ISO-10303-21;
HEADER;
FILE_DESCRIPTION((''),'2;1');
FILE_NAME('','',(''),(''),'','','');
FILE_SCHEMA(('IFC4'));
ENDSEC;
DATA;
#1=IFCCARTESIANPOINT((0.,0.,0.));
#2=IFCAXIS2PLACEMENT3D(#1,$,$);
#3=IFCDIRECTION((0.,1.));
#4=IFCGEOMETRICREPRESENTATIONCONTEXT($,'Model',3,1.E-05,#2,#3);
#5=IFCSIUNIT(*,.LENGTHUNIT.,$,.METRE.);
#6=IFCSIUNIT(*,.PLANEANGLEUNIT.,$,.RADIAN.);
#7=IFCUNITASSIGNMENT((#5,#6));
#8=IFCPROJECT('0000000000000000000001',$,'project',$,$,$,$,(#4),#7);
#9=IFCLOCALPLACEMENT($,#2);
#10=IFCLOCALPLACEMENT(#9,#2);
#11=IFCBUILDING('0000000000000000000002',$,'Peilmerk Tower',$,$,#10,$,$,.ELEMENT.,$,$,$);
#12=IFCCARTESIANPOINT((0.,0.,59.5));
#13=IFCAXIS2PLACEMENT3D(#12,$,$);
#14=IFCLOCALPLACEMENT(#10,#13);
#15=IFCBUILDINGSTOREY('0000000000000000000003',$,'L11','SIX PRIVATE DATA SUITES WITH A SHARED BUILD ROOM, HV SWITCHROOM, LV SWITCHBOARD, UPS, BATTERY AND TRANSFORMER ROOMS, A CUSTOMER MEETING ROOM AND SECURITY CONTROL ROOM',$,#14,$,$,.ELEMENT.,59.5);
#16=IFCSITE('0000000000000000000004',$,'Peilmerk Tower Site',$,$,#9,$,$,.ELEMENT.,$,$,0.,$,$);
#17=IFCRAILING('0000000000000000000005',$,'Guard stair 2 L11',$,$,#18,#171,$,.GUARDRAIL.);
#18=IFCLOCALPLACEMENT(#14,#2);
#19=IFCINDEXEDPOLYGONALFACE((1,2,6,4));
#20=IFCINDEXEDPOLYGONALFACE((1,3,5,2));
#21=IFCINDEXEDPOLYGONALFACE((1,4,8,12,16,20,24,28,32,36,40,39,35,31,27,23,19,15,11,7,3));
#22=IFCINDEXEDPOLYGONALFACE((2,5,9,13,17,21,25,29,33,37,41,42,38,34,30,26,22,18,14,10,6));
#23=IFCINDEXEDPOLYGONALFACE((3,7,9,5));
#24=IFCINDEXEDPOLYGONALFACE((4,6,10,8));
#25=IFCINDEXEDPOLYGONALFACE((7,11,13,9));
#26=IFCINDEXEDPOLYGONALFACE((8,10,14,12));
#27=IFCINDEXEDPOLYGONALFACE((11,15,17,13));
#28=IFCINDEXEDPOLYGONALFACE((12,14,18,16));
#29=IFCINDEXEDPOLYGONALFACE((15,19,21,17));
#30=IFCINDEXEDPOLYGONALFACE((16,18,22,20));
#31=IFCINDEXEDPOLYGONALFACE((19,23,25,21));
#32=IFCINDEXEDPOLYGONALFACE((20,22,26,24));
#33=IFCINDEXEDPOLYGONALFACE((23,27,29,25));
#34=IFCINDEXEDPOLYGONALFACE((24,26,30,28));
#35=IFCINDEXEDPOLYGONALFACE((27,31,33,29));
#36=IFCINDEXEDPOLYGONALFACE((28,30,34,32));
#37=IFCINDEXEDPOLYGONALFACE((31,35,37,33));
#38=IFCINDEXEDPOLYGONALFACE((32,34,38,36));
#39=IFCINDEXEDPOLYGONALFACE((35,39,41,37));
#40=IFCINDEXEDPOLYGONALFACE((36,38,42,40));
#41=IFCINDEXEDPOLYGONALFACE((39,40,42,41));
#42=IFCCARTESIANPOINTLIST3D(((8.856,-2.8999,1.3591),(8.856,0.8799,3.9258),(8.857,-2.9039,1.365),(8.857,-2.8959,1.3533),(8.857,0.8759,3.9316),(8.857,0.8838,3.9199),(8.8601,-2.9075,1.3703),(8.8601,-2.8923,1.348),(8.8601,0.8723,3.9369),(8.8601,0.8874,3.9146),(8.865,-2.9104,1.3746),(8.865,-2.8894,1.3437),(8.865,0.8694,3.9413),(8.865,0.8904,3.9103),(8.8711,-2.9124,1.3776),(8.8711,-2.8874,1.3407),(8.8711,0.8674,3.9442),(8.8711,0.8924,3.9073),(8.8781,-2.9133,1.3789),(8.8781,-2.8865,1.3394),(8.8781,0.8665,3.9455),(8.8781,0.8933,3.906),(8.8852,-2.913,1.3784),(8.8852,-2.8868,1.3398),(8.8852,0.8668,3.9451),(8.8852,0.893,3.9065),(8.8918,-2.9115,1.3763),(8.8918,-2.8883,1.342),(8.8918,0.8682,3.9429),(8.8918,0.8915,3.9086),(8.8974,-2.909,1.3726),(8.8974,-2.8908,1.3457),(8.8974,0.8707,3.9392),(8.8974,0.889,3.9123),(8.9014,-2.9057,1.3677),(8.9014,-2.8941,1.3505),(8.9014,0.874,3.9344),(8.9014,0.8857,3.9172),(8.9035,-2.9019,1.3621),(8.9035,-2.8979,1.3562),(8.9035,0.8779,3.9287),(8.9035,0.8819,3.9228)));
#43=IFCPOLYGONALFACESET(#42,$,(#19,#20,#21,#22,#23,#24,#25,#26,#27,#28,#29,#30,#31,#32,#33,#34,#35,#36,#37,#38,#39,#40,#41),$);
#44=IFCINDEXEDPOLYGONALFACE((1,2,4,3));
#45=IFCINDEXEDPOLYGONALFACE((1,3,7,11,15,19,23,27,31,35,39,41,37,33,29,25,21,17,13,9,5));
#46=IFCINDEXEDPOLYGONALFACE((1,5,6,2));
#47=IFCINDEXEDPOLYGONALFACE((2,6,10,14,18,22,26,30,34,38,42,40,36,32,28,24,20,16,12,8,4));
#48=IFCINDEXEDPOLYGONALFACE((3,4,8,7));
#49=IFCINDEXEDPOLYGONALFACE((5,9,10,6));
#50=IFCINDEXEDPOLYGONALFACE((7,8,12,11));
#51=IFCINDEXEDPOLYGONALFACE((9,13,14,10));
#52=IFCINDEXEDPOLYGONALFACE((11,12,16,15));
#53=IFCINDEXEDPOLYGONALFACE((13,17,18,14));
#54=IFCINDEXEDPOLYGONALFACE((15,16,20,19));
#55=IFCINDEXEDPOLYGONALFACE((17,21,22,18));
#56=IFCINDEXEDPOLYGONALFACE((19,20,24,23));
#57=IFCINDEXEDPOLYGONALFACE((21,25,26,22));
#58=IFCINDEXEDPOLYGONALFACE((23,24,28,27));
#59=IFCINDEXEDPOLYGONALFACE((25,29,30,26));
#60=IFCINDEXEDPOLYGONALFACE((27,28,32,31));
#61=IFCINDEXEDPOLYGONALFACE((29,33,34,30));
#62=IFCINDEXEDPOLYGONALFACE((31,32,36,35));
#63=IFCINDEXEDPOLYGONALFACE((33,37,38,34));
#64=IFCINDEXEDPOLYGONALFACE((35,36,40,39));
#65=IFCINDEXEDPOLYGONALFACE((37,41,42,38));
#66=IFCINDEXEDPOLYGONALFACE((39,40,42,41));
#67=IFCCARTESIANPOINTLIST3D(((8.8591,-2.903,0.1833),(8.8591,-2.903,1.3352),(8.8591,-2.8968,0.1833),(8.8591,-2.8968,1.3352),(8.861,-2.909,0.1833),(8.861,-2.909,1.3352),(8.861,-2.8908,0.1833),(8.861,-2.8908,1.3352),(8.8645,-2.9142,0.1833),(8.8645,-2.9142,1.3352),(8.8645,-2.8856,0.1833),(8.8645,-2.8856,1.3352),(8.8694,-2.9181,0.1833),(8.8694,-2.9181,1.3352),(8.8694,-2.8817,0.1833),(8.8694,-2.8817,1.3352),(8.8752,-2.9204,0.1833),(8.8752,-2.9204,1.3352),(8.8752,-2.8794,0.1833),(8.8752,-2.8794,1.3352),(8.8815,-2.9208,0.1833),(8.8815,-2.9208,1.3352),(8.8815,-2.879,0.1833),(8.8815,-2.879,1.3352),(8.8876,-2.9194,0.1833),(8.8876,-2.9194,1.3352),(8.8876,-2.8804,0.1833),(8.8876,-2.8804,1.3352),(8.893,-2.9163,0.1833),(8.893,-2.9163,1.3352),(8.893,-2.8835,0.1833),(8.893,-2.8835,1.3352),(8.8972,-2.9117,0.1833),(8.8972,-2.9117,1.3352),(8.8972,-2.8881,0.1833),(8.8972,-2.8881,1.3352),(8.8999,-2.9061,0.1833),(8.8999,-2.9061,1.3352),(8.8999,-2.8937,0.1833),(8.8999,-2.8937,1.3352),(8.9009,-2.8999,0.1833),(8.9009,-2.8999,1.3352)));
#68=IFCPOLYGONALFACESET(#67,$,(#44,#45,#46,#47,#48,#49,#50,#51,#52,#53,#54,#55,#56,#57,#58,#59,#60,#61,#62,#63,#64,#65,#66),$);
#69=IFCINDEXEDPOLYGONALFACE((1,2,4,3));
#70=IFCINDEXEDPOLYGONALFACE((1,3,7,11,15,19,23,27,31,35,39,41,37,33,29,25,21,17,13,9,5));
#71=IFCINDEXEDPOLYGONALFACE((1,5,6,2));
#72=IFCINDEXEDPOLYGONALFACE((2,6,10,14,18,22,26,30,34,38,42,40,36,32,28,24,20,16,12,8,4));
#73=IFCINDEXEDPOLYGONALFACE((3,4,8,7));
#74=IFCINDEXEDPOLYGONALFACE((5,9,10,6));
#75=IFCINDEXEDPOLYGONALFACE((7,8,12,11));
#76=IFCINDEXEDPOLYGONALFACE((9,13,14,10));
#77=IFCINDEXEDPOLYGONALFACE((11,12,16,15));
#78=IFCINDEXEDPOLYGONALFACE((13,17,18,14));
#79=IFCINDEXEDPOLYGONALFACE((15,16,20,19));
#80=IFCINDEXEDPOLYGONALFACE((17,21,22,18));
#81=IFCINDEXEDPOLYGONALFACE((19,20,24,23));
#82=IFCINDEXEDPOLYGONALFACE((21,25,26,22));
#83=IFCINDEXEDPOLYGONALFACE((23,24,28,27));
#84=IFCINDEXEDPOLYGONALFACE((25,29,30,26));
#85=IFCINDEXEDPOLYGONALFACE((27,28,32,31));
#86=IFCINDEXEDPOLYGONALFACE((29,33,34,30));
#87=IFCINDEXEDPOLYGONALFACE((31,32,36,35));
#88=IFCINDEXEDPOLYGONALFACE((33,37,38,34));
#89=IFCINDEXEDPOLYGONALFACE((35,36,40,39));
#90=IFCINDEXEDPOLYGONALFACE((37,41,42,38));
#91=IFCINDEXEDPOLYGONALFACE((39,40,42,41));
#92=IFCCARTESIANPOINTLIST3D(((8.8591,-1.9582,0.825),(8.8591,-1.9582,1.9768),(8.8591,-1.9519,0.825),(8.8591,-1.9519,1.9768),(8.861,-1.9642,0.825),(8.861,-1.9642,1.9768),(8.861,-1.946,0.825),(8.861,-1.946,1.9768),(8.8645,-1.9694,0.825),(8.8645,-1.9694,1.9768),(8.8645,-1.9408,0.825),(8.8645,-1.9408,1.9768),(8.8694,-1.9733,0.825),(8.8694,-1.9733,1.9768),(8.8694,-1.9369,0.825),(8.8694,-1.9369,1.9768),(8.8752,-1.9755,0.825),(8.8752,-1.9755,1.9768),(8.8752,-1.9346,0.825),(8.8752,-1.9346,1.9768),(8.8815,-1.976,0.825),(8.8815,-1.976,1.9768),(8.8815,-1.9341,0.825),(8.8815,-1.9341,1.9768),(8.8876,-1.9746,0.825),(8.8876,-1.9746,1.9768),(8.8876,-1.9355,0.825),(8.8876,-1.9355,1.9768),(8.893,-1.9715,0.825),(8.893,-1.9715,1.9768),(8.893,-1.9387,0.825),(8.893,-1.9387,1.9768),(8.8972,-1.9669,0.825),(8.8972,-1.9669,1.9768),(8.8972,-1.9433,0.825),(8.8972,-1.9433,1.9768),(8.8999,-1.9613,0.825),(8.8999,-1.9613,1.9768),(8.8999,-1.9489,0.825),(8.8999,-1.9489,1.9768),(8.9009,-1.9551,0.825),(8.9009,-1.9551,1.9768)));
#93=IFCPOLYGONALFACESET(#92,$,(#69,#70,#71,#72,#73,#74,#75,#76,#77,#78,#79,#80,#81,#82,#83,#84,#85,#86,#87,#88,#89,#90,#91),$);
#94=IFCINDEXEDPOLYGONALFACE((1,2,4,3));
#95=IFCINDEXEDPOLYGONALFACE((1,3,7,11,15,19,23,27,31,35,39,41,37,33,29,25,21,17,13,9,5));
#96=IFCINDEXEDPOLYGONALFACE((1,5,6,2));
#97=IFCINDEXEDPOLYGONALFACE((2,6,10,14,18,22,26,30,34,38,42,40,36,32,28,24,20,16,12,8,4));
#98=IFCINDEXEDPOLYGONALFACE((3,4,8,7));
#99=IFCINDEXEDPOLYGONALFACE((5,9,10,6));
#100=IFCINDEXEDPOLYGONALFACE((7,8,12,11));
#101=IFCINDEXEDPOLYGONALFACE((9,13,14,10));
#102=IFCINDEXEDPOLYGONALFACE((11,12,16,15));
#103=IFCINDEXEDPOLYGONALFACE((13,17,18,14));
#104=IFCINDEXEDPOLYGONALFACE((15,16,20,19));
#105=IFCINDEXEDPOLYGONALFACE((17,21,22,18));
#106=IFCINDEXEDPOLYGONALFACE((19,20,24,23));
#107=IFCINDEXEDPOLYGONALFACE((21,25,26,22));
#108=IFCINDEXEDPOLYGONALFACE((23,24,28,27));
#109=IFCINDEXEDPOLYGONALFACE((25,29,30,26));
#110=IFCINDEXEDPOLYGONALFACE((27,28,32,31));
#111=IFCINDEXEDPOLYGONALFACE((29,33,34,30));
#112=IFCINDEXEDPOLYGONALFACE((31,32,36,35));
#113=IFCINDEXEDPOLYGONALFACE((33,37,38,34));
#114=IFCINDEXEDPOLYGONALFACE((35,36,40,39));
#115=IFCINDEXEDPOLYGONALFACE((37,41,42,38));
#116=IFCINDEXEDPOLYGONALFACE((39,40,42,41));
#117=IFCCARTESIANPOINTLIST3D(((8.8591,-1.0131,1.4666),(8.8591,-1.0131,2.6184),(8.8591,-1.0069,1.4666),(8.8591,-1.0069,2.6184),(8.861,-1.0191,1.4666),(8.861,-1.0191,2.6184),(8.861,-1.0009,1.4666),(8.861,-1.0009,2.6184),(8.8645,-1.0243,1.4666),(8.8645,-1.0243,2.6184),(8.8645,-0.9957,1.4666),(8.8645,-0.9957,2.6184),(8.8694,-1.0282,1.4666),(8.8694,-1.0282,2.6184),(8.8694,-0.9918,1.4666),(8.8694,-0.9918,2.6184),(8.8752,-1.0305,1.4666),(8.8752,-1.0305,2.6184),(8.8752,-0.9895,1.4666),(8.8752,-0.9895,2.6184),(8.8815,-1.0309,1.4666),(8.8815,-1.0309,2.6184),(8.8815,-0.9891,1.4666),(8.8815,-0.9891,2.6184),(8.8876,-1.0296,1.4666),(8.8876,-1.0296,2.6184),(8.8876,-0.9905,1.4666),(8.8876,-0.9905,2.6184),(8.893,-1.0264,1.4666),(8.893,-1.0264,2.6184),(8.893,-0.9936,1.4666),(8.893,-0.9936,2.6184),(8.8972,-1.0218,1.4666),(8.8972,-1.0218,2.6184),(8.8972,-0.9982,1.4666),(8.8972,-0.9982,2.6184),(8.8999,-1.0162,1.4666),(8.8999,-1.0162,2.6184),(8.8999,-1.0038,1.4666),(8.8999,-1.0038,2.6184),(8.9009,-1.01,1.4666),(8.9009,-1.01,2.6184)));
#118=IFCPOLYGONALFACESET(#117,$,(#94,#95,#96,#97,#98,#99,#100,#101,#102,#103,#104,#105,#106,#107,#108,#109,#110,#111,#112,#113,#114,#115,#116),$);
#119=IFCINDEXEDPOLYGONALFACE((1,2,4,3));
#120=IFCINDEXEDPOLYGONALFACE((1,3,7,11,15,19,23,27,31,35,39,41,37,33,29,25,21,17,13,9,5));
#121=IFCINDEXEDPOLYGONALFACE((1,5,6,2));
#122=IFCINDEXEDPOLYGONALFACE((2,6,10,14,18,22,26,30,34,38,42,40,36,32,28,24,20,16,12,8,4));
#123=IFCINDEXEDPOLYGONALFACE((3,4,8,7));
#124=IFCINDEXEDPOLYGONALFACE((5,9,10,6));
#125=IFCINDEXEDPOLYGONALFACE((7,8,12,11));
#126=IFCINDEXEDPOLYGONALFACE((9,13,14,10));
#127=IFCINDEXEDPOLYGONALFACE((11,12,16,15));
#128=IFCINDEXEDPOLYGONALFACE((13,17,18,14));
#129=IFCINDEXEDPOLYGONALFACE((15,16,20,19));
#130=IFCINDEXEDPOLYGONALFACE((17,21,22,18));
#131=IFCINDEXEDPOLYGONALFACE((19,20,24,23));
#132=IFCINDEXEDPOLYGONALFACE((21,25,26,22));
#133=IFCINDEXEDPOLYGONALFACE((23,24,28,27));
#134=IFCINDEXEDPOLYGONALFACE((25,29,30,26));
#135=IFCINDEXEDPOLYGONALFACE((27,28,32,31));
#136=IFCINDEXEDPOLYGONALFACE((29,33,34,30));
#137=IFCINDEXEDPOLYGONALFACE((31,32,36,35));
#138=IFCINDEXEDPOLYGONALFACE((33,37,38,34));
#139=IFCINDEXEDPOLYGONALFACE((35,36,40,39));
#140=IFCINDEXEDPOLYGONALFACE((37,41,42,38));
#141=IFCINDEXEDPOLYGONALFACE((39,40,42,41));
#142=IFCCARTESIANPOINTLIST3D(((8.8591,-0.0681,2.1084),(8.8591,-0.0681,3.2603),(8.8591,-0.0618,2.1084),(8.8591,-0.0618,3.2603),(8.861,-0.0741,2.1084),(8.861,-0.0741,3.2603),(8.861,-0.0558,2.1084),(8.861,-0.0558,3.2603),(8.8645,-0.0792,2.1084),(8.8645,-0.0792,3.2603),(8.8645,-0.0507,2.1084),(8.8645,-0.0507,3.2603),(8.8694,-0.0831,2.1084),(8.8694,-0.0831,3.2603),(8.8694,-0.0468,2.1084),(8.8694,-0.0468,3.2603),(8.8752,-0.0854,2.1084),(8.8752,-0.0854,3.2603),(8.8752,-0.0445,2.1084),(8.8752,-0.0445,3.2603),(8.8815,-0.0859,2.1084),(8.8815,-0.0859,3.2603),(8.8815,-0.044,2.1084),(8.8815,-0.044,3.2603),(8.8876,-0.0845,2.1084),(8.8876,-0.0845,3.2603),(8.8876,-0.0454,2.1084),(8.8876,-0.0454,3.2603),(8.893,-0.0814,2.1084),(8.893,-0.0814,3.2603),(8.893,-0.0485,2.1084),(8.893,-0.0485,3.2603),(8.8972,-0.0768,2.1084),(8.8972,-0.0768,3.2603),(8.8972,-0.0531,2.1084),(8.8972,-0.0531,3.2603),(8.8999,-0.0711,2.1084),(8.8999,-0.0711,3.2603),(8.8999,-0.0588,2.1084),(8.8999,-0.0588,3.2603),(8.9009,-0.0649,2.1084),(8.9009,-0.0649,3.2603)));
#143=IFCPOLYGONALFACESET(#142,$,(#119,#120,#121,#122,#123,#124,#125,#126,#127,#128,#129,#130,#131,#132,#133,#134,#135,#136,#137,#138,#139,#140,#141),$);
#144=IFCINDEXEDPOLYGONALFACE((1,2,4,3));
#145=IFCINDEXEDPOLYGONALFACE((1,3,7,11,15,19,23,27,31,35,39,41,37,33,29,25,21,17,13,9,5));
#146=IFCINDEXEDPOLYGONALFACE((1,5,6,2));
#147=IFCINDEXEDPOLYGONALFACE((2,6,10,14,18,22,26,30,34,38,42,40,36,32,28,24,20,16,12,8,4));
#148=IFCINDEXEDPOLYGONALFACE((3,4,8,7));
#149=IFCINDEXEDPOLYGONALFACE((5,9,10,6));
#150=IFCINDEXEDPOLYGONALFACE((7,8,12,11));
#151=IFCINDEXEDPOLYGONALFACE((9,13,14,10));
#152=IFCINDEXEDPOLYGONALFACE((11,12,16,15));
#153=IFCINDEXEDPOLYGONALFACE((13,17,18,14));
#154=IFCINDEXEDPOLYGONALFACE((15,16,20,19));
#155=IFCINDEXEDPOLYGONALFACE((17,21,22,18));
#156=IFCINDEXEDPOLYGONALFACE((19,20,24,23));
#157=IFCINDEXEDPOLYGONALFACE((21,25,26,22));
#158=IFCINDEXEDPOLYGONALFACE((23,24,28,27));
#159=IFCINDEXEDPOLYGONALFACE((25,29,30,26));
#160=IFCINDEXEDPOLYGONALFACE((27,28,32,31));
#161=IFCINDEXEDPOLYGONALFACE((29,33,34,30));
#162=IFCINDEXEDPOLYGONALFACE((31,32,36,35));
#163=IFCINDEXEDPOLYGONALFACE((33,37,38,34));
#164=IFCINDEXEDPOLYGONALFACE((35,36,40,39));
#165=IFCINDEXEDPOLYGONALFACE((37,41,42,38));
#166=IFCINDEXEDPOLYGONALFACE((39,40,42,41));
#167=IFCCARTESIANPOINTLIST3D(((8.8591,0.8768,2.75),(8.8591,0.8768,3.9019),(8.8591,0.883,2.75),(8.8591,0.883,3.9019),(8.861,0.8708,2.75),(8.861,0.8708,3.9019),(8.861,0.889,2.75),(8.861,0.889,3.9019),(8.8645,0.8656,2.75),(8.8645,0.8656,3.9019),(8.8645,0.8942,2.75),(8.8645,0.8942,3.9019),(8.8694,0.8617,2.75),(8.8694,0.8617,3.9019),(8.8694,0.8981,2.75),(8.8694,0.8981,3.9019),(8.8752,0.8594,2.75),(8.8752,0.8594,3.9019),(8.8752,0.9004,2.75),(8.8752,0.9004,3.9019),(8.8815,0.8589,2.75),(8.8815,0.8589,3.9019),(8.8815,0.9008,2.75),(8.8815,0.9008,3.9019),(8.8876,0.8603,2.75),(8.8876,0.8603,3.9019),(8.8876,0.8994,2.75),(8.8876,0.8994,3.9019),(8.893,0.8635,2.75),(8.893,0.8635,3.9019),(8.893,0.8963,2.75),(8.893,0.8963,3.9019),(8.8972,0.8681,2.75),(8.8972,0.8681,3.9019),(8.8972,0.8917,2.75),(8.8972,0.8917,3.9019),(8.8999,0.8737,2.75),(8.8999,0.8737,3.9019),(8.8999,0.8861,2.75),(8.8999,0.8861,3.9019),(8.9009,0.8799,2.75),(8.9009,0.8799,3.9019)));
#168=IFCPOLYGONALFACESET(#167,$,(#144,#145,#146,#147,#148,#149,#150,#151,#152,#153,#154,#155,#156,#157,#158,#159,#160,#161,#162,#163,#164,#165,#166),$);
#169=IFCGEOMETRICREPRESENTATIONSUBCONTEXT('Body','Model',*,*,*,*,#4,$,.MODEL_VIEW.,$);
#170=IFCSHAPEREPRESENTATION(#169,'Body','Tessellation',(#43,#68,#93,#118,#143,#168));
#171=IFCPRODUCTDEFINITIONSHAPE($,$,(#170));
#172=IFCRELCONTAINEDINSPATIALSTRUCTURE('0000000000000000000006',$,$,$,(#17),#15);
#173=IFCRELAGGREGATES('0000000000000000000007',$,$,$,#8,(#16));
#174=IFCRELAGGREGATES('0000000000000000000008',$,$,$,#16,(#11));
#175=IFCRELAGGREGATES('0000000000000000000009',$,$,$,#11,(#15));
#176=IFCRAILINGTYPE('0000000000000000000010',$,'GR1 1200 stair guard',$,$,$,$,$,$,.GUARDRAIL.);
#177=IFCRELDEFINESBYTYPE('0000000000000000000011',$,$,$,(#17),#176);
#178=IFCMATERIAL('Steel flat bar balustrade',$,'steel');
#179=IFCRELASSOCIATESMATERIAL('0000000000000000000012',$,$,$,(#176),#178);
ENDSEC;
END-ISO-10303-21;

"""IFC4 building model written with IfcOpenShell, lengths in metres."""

from ifc_helpers import new_model, si_unit, direction, frame, origin, origin_2d, place, context, subcontext, project, spatial, circle, extrude, material, type_object, element, save


model = new_model("IFC4")

# Units and contexts
model_context = context("Model", 3, precision=1e-05, world=origin(), true_north=direction((0.0, 1.0)))
body_context = subcontext(model_context, "Body", "Model", "MODEL_VIEW")
ifc_project = project(units=[si_unit("LENGTHUNIT", "METRE"), si_unit("PLANEANGLEUNIT", "RADIAN")], contexts=[model_context])

# Site, building, storey
site_placement = place(None, origin())
site = spatial("IfcSite", under=ifc_project, at=site_placement, Name="Peilmerk Tower Site", CompositionType="ELEMENT", RefElevation=0.0)
building_placement = place(site_placement, origin())
building = spatial("IfcBuilding", under=site, at=building_placement, Name="Peilmerk Tower", CompositionType="ELEMENT")
storey_placement = place(building_placement, frame((0.0, 0.0, 59.5)))
storey = spatial("IfcBuildingStorey", under=building, at=storey_placement, Name="L11", Description="SIX PRIVATE DATA SUITES WITH A SHARED BUILD ROOM, HV SWITCHROOM, LV SWITCHBOARD, UPS, BATTERY AND TRANSFORMER ROOMS, A CUSTOMER MEETING ROOM AND SECURITY CONTROL ROOM", CompositionType="ELEMENT", Elevation=59.5)

# Railing
ifc_material_1 = material(Name="Steel flat bar balustrade", Category="steel")
railing_type_1 = type_object("IfcRailingType", Name="GR1 1200 stair guard", PredefinedType="GUARDRAIL", material=ifc_material_1)
railing_1_placement = place(storey_placement, frame((8.8799, -2.8999, 0.1833)))
element("IfcRailing", 1, at=railing_1_placement, inside=storey, type_object=railing_type_1, Name="Guard stair 2 L11", PredefinedType="GUARDRAIL", context=body_context, shape_type="SweptSolid", body=[
    extrude(circle(Radius=0.0239, at=origin_2d()), frame((0.0, 0.0, 1.1758), z_axis=(0.0, 0.827293, 0.561771), x_axis=(-1.0, 0.0, 0.0)), (0.0, 0.0, 1.0), 4.5688),
    extrude(circle(Radius=0.021, at=origin_2d()), origin(), (0.0, 0.0, 1.0), 1.1519),
    extrude(circle(Radius=0.021, at=origin_2d()), frame((0.0, 0.9448, 0.6416)), (0.0, 0.0, 1.0), 1.1519),
    extrude(circle(Radius=0.021, at=origin_2d()), frame((0.0, 1.8899, 1.2832)), (0.0, 0.0, 1.0), 1.1519),
    extrude(circle(Radius=0.021, at=origin_2d()), frame((0.0, 2.835, 1.925)), (0.0, 0.0, 1.0), 1.1519),
    extrude(circle(Radius=0.021, at=origin_2d()), frame((0.0, 3.7798, 2.5667)), (0.0, 0.0, 1.0), 1.1519),
])

save(model, "model.ifc")
